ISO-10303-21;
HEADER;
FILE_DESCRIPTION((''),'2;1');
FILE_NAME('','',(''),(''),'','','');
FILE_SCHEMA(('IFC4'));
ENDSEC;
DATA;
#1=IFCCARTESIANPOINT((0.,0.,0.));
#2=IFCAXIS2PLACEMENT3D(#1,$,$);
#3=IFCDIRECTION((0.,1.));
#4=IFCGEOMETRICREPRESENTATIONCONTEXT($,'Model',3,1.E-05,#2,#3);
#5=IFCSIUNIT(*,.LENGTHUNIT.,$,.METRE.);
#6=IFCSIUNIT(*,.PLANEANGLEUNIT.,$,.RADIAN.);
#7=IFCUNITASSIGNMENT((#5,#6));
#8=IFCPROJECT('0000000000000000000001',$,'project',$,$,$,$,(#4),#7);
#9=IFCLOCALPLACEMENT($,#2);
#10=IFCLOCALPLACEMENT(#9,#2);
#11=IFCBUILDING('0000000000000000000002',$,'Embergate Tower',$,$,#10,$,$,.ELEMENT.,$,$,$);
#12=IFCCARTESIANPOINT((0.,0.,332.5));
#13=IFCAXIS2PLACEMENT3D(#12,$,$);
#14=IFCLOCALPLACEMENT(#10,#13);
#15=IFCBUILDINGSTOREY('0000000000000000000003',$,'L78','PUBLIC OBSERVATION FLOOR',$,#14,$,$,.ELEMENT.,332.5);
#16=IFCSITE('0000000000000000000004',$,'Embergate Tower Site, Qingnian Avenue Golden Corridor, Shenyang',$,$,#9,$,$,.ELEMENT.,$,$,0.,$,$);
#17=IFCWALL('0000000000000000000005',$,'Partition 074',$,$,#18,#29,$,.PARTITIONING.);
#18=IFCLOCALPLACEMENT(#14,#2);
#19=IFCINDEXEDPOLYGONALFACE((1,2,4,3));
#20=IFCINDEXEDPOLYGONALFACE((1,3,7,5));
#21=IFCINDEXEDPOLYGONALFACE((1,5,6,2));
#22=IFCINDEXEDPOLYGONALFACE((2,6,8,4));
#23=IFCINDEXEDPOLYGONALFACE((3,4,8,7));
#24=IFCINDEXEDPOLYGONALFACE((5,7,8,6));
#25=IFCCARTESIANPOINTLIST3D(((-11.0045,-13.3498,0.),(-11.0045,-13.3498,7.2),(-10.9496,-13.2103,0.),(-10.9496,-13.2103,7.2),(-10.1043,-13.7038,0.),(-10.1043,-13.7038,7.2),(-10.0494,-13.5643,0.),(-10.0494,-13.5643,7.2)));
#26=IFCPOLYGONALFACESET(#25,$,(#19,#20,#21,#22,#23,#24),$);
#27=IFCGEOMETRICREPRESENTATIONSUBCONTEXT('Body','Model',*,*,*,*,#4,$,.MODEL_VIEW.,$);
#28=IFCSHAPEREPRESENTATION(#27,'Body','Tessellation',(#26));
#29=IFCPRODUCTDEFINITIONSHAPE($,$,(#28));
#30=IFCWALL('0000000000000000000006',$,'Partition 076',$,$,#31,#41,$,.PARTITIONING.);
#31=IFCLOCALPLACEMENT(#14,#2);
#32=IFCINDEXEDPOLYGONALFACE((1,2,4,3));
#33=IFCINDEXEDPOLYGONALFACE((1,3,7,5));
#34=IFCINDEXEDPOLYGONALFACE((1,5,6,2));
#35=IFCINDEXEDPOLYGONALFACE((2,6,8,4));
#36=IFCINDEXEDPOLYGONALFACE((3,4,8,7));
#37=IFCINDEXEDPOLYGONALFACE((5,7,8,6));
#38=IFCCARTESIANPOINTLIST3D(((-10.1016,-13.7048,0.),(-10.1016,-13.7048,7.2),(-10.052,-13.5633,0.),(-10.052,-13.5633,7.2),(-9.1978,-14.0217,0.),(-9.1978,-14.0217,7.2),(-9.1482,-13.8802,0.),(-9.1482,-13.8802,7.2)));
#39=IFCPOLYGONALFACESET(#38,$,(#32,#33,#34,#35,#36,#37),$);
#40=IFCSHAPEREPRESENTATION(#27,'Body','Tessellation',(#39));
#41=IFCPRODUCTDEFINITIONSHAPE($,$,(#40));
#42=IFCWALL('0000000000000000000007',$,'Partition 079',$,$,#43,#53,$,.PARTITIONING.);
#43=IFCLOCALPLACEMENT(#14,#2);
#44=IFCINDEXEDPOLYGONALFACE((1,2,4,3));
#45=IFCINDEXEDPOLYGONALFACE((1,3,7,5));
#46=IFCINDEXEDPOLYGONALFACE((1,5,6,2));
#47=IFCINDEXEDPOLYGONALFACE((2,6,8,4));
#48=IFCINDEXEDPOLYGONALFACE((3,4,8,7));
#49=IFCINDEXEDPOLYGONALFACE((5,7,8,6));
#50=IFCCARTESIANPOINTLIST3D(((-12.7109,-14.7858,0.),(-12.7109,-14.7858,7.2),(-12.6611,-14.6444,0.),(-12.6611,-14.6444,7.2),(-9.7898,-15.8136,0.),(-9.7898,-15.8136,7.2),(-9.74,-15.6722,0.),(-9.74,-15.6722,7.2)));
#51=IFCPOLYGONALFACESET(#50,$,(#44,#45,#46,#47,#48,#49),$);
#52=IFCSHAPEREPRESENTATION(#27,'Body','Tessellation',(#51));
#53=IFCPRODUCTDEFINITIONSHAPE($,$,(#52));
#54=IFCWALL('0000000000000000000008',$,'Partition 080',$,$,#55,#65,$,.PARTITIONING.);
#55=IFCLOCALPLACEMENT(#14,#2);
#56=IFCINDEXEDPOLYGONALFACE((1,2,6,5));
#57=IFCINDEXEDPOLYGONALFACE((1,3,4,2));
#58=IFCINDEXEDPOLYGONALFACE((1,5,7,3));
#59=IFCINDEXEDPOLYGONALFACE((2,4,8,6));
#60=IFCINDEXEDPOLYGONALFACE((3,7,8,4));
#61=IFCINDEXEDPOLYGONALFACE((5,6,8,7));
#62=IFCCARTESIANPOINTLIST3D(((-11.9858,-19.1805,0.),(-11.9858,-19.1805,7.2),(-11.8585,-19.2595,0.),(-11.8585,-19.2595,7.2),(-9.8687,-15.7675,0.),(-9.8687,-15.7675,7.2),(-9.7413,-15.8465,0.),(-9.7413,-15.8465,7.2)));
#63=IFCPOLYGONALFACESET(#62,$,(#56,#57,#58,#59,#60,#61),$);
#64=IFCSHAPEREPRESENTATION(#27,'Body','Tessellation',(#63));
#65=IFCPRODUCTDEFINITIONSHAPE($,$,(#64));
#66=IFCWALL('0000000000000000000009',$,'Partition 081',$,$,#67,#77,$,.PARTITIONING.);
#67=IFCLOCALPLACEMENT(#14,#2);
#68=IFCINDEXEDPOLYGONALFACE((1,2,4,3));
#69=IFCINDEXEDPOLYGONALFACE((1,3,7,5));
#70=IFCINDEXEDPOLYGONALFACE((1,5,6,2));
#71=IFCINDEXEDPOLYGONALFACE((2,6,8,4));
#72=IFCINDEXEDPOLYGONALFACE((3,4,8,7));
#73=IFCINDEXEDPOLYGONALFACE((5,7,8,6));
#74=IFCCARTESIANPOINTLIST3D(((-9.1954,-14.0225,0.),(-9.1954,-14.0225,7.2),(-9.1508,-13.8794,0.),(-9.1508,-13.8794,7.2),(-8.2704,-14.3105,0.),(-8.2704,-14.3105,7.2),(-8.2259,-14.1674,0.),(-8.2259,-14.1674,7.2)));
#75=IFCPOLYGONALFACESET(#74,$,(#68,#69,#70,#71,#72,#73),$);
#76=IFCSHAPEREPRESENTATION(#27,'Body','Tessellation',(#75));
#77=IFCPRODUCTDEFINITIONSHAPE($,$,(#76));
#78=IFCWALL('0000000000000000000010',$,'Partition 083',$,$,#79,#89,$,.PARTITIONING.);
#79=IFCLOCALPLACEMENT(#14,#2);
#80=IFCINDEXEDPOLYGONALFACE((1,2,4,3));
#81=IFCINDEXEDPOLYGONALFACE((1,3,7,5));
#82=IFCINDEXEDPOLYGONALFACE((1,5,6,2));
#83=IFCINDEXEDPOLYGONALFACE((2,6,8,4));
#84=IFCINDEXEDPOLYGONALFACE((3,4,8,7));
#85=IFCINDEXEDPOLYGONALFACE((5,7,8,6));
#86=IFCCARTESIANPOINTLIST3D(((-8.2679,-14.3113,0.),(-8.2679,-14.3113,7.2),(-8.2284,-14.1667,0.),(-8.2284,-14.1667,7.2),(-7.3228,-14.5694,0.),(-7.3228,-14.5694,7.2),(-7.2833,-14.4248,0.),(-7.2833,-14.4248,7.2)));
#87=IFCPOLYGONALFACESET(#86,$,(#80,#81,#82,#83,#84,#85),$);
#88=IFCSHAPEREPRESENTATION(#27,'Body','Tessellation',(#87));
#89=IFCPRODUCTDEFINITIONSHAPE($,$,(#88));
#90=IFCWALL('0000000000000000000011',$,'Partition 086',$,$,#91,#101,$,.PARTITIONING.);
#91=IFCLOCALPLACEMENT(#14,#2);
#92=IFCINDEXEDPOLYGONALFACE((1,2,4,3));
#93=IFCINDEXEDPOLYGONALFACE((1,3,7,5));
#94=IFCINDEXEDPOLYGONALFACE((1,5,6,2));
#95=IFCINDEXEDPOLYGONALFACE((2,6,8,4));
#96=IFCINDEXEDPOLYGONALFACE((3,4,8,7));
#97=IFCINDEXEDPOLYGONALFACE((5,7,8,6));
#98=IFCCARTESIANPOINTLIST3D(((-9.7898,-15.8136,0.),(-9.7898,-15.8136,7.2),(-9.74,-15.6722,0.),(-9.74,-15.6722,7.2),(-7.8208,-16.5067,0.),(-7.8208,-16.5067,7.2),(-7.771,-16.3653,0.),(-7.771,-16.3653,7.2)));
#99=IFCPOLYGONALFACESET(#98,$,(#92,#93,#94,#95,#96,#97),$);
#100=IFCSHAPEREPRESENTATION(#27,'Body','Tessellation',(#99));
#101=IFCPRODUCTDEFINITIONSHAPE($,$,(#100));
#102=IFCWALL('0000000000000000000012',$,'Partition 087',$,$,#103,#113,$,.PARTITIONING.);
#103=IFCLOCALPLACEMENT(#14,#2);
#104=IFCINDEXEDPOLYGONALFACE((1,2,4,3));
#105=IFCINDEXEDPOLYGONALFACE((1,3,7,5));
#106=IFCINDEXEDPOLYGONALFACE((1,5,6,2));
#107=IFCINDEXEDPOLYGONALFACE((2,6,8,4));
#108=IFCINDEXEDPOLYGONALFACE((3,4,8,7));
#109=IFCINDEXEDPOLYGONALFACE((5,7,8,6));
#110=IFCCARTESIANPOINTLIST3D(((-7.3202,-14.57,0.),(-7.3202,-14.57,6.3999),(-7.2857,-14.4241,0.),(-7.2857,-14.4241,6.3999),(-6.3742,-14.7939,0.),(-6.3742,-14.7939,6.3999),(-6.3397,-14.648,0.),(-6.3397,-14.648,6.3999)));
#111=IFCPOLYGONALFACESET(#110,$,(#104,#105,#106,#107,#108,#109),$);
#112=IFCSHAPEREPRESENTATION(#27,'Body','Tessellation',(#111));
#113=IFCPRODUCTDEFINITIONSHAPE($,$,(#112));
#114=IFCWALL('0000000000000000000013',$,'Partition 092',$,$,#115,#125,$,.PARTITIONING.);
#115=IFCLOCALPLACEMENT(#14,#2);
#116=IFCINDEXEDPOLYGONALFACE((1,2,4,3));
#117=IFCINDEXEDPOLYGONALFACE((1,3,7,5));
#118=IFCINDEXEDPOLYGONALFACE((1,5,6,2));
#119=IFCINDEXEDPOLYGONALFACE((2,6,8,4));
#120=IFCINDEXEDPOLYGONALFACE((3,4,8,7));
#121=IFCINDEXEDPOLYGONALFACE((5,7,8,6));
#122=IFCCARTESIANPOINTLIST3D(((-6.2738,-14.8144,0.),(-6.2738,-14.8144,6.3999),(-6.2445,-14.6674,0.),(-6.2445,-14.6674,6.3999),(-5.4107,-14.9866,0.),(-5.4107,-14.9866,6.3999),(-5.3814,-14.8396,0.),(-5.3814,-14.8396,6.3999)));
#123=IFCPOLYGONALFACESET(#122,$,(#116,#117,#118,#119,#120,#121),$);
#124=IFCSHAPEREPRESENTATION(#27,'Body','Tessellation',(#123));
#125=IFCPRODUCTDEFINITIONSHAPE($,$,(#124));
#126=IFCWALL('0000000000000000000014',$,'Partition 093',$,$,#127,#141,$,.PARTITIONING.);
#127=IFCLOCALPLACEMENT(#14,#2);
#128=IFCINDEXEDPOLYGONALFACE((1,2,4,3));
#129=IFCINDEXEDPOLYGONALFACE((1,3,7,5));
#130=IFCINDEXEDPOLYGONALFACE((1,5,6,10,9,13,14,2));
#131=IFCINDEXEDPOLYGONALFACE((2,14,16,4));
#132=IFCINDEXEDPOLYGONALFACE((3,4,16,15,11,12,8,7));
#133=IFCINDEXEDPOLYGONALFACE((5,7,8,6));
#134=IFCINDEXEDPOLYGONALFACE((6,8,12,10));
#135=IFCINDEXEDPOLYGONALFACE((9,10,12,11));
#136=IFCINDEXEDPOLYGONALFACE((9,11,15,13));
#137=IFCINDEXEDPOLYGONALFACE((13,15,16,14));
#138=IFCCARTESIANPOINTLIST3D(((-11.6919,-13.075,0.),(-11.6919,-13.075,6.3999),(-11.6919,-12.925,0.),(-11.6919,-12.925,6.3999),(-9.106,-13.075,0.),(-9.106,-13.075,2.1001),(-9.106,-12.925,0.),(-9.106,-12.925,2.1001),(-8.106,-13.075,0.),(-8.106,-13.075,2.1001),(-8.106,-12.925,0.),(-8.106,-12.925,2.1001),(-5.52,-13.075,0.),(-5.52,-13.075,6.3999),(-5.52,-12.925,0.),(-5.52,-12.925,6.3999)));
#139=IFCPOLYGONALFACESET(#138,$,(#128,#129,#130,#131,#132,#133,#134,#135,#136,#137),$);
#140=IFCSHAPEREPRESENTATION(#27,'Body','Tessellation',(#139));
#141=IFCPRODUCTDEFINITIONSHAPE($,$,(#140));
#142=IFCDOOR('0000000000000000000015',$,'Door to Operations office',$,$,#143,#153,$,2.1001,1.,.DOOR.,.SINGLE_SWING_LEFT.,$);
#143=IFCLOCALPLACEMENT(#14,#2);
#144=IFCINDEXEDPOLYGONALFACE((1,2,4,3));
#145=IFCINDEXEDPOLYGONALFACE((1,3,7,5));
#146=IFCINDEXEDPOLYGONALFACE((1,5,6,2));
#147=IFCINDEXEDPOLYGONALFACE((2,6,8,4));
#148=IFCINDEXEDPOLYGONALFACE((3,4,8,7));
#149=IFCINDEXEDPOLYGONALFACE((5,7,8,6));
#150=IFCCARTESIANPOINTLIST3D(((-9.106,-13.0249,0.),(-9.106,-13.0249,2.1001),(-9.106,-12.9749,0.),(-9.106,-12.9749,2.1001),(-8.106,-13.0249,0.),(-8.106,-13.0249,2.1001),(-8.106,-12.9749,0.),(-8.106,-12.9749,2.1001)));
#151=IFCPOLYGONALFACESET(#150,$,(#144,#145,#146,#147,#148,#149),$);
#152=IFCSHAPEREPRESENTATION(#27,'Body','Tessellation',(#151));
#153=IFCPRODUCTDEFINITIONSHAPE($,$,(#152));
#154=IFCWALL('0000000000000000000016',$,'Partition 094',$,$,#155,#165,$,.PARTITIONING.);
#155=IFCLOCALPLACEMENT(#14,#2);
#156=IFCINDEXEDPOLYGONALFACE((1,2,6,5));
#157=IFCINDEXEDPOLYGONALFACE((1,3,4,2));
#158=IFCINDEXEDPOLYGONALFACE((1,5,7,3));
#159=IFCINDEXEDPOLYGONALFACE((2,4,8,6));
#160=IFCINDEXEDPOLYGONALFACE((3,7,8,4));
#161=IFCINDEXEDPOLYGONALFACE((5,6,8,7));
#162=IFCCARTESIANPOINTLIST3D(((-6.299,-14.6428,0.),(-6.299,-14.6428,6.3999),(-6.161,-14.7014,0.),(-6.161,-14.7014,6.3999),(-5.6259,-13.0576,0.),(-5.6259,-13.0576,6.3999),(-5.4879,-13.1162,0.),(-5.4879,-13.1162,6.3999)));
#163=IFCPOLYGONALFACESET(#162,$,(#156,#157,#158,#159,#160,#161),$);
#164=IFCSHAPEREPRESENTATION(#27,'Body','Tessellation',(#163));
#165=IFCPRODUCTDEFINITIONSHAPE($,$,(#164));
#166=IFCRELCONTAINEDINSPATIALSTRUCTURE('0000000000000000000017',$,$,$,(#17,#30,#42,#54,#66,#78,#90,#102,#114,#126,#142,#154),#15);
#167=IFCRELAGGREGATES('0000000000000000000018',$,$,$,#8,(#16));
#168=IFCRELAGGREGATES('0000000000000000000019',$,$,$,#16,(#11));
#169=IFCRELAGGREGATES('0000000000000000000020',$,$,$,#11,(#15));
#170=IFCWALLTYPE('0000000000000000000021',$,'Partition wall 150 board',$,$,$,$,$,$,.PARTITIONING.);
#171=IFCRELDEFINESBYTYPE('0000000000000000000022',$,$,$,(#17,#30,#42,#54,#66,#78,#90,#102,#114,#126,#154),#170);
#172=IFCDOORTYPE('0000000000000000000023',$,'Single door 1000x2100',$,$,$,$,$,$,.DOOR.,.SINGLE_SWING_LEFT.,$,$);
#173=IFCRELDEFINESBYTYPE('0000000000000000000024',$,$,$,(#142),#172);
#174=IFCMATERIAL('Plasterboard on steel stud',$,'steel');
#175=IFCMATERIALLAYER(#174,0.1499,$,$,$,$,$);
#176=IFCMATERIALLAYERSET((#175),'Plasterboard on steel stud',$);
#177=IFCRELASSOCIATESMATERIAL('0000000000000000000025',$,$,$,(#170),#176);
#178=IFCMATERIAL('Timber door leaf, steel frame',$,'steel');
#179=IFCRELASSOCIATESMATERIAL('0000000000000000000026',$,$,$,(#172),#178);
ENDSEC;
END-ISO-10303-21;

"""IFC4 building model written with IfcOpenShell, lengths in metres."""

from ifc_helpers import new_model, si_unit, direction, frame, frame_2d, origin, place, context, subcontext, project, spatial, rectangle, extrude, source, transform, mapped, material, layer, layer_set, type_object, element, fill, save


model = new_model("IFC4")

# Units and contexts
model_context = context("Model", 3, precision=1e-05, world=origin(), true_north=direction((0.0, 1.0)))
body_context = subcontext(model_context, "Body", "Model", "MODEL_VIEW")
ifc_project = project(units=[si_unit("LENGTHUNIT", "METRE"), si_unit("PLANEANGLEUNIT", "RADIAN")], contexts=[model_context])

# Site, building, storey
site_placement = place(None, origin())
site = spatial("IfcSite", under=ifc_project, at=site_placement, Name="Embergate Tower Site, Qingnian Avenue Golden Corridor, Shenyang", CompositionType="ELEMENT", RefElevation=0.0)
building_placement = place(site_placement, origin())
building = spatial("IfcBuilding", under=site, at=building_placement, Name="Embergate Tower", CompositionType="ELEMENT")
storey_placement = place(building_placement, frame((0.0, 0.0, 332.5)))
storey = spatial("IfcBuildingStorey", under=building, at=storey_placement, Name="L78", Description="PUBLIC OBSERVATION FLOOR", CompositionType="ELEMENT", Elevation=332.5)

# Shared definitions
ifc_material_1 = material(Name="Plasterboard on steel stud", Category="steel")
ifc_layer_1 = layer(ifc_material_1, 0.1499)
ifc_layer_set_1 = layer_set([ifc_layer_1], Name="Plasterboard on steel stud")
wall_type_1 = type_object("IfcWallType", Name="Partition wall 150 board", PredefinedType="PARTITIONING", material=ifc_layer_set_1)
shared_shape_1 = source(origin(), body_context, "Body", "SweptSolid", [
    extrude(rectangle(XDim=1.0, YDim=2.1001, at=frame_2d((0.5, 1.05))), frame((0.0, 0.085, 0.0), z_axis=(0.0, -1.0, 0.0), x_axis=(1.0, 0.0, 0.0)), (0.0, 0.0, 1.0), 0.1699),
])
ifc_material_2 = material(Name="Timber door leaf, steel frame", Category="steel")
door_type_1 = type_object("IfcDoorType", Name="Single door 1000x2100", OperationType="SINGLE_SWING_LEFT", PredefinedType="DOOR", material=ifc_material_2)
shared_shape_2 = source(origin(), body_context, "Body", "SweptSolid", [
    extrude(rectangle(XDim=1.0, YDim=2.1001, at=frame_2d((0.5, 1.05))), frame((0.0, 0.0249, 0.0), z_axis=(0.0, -1.0, 0.0), x_axis=(1.0, 0.0, 0.0)), (0.0, 0.0, 1.0), 0.05),
])

# Walls
shared_shape_3 = source(origin(), body_context, "Body", "SweptSolid", [
    extrude(rectangle(XDim=0.9673, YDim=0.1499, at=frame_2d((0.4836, 0.0))), origin(), (0.0, 0.0, 1.0), 7.2),
])
wall_1_placement = place(storey_placement, frame((-10.9771, -13.28, 0.0), z_axis=(0.0, 0.0, 1.0), x_axis=(0.93062, -0.365988, 0.0)))
element("IfcWall", 1, at=wall_1_placement, inside=storey, type_object=wall_type_1, Name="Partition 074", PredefinedType="PARTITIONING", context=body_context, shape_type="MappedRepresentation", body=[
    mapped(shared_shape_3, transform((0.0, 0.0, 0.0))),
])
shared_shape_4 = source(origin(), body_context, "Body", "SweptSolid", [
    extrude(rectangle(XDim=0.9578, YDim=0.1499, at=frame_2d((0.479, 0.0))), origin(), (0.0, 0.0, 1.0), 7.2),
])
wall_2_placement = place(storey_placement, frame((-10.0769, -13.634, 0.0), z_axis=(0.0, 0.0, 1.0), x_axis=(0.943675, -0.330873, 0.0)))
element("IfcWall", 2, at=wall_2_placement, inside=storey, type_object=wall_type_1, Name="Partition 076", PredefinedType="PARTITIONING", context=body_context, shape_type="MappedRepresentation", body=[
    mapped(shared_shape_4, transform((0.0, 0.0, 0.0))),
])
shared_shape_5 = source(origin(), body_context, "Body", "SweptSolid", [
    extrude(rectangle(XDim=3.0967, YDim=0.1499, at=frame_2d((1.5483, 0.0))), origin(), (0.0, 0.0, 1.0), 7.2),
])
wall_3_placement = place(storey_placement, frame((-9.7649, -15.7429, 0.0), z_axis=(0.0, 0.0, 1.0), x_axis=(-0.94331, 0.331913, 0.0)))
element("IfcWall", 3, at=wall_3_placement, inside=storey, type_object=wall_type_1, Name="Partition 079", PredefinedType="PARTITIONING", context=body_context, shape_type="MappedRepresentation", body=[
    mapped(shared_shape_5, transform((0.0, 0.0, 0.0))),
])
shared_shape_6 = source(origin(), body_context, "Body", "SweptSolid", [
    extrude(rectangle(XDim=4.0164, YDim=0.1499, at=frame_2d((2.0083, 0.0))), origin(), (0.0, 0.0, 1.0), 7.2),
])
wall_4_placement = place(storey_placement, frame((-9.8049, -15.8069, 0.0), z_axis=(0.0, 0.0, 1.0), x_axis=(-0.527133, -0.849783, 0.0)))
element("IfcWall", 4, at=wall_4_placement, inside=storey, type_object=wall_type_1, Name="Partition 080", PredefinedType="PARTITIONING", context=body_context, shape_type="MappedRepresentation", body=[
    mapped(shared_shape_6, transform((0.0, 0.0, 0.0))),
])
shared_shape_7 = source(origin(), body_context, "Body", "SweptSolid", [
    extrude(rectangle(XDim=0.9688, YDim=0.1499, at=frame_2d((0.4844, 0.0))), origin(), (0.0, 0.0, 1.0), 7.2),
])
wall_5_placement = place(storey_placement, frame((-9.1731, -13.9509, 0.0), z_axis=(0.0, 0.0, 1.0), x_axis=(0.954771, -0.297342, 0.0)))
element("IfcWall", 5, at=wall_5_placement, inside=storey, type_object=wall_type_1, Name="Partition 081", PredefinedType="PARTITIONING", context=body_context, shape_type="MappedRepresentation", body=[
    mapped(shared_shape_7, transform((0.0, 0.0, 0.0))),
])
shared_shape_8 = source(origin(), body_context, "Body", "SweptSolid", [
    extrude(rectangle(XDim=0.9797, YDim=0.1499, at=frame_2d((0.4897, 0.0))), origin(), (0.0, 0.0, 1.0), 7.2),
])
wall_6_placement = place(storey_placement, frame((-8.248, -14.239, 0.0), z_axis=(0.0, 0.0, 1.0), x_axis=(0.964683, -0.263413, 0.0)))
element("IfcWall", 6, at=wall_6_placement, inside=storey, type_object=wall_type_1, Name="Partition 083", PredefinedType="PARTITIONING", context=body_context, shape_type="MappedRepresentation", body=[
    mapped(shared_shape_8, transform((0.0, 0.0, 0.0))),
])
shared_shape_9 = source(origin(), body_context, "Body", "SweptSolid", [
    extrude(rectangle(XDim=2.0874, YDim=0.1499, at=frame_2d((1.0437, 0.0))), origin(), (0.0, 0.0, 1.0), 7.2),
])
wall_7_placement = place(storey_placement, frame((-7.7959, -16.436, 0.0), z_axis=(0.0, 0.0, 1.0), x_axis=(-0.943264, 0.332043, 0.0)))
element("IfcWall", 7, at=wall_7_placement, inside=storey, type_object=wall_type_1, Name="Partition 086", PredefinedType="PARTITIONING", context=body_context, shape_type="MappedRepresentation", body=[
    mapped(shared_shape_9, transform((0.0, 0.0, 0.0))),
])
shared_shape_10 = source(origin(), body_context, "Body", "SweptSolid", [
    extrude(rectangle(XDim=0.9722, YDim=0.1499, at=frame_2d((0.4861, 0.0))), origin(), (0.0, 0.0, 1.0), 6.3999),
])
wall_8_placement = place(storey_placement, frame((-7.303, -14.4971, 0.0), z_axis=(0.0, 0.0, 1.0), x_axis=(0.973123, -0.230285, 0.0)))
element("IfcWall", 8, at=wall_8_placement, inside=storey, type_object=wall_type_1, Name="Partition 087", PredefinedType="PARTITIONING", context=body_context, shape_type="MappedRepresentation", body=[
    mapped(shared_shape_10, transform((0.0, 0.0, 0.0))),
])
shared_shape_11 = source(origin(), body_context, "Body", "SweptSolid", [
    extrude(rectangle(XDim=0.8801, YDim=0.1499, at=frame_2d((0.4399, 0.0))), origin(), (0.0, 0.0, 1.0), 6.3999),
])
wall_9_placement = place(storey_placement, frame((-6.259, -14.741, 0.0), z_axis=(0.0, 0.0, 1.0), x_axis=(0.980687, -0.195583, 0.0)))
element("IfcWall", 9, at=wall_9_placement, inside=storey, type_object=wall_type_1, Name="Partition 092", PredefinedType="PARTITIONING", context=body_context, shape_type="MappedRepresentation", body=[
    mapped(shared_shape_11, transform((0.0, 0.0, 0.0))),
])

# Wall, opening, door
shared_shape_12 = source(origin(), body_context, "Body", "SweptSolid", [
    extrude(rectangle(XDim=6.1719, YDim=0.1499, at=frame_2d((3.0859, 0.0))), origin(), (0.0, 0.0, 1.0), 6.3999),
])
wall_10_placement = place(storey_placement, frame((-5.52, -13.0, 0.0), z_axis=(0.0, 0.0, 1.0), x_axis=(-1.0, 0.0, 0.0)))
wall_10 = element("IfcWall", 10, at=wall_10_placement, inside=storey, type_object=wall_type_1, Name="Partition 093", PredefinedType="PARTITIONING", context=body_context, shape_type="MappedRepresentation", body=[
    mapped(shared_shape_12, transform((0.0, 0.0, 0.0))),
])
opening_1_placement = place(wall_10_placement, frame((2.5859, 0.0, 0.0)))
opening_1 = element("IfcOpeningElement", 11, at=opening_1_placement, cuts=wall_10, PredefinedType="OPENING", context=body_context, shape_type="MappedRepresentation", body=[
    mapped(shared_shape_1, transform((0.0, 0.0, 0.0))),
])
door_1_placement = place(opening_1_placement, origin())
door_1 = element("IfcDoor", 12, at=door_1_placement, inside=storey, type_object=door_type_1, Name="Door to Operations office", OperationType="SINGLE_SWING_LEFT", OverallHeight=2.1001, OverallWidth=1.0, PredefinedType="DOOR", context=body_context, shape_type="MappedRepresentation", body=[
    mapped(shared_shape_2, transform((0.0, 0.0, 0.0))),
])
fill(opening_1, door_1)

# Wall
shared_shape_13 = source(origin(), body_context, "Body", "SweptSolid", [
    extrude(rectangle(XDim=1.7222, YDim=0.1499, at=frame_2d((0.8611, 0.0))), origin(), (0.0, 0.0, 1.0), 6.3999),
])
wall_11_placement = place(storey_placement, frame((-5.5569, -13.0869, 0.0), z_axis=(0.0, 0.0, 1.0), x_axis=(-0.390837, -0.92046, 0.0)))
element("IfcWall", 13, at=wall_11_placement, inside=storey, type_object=wall_type_1, Name="Partition 094", PredefinedType="PARTITIONING", context=body_context, shape_type="MappedRepresentation", body=[
    mapped(shared_shape_13, transform((0.0, 0.0, 0.0))),
])

save(model, "model.ifc")
